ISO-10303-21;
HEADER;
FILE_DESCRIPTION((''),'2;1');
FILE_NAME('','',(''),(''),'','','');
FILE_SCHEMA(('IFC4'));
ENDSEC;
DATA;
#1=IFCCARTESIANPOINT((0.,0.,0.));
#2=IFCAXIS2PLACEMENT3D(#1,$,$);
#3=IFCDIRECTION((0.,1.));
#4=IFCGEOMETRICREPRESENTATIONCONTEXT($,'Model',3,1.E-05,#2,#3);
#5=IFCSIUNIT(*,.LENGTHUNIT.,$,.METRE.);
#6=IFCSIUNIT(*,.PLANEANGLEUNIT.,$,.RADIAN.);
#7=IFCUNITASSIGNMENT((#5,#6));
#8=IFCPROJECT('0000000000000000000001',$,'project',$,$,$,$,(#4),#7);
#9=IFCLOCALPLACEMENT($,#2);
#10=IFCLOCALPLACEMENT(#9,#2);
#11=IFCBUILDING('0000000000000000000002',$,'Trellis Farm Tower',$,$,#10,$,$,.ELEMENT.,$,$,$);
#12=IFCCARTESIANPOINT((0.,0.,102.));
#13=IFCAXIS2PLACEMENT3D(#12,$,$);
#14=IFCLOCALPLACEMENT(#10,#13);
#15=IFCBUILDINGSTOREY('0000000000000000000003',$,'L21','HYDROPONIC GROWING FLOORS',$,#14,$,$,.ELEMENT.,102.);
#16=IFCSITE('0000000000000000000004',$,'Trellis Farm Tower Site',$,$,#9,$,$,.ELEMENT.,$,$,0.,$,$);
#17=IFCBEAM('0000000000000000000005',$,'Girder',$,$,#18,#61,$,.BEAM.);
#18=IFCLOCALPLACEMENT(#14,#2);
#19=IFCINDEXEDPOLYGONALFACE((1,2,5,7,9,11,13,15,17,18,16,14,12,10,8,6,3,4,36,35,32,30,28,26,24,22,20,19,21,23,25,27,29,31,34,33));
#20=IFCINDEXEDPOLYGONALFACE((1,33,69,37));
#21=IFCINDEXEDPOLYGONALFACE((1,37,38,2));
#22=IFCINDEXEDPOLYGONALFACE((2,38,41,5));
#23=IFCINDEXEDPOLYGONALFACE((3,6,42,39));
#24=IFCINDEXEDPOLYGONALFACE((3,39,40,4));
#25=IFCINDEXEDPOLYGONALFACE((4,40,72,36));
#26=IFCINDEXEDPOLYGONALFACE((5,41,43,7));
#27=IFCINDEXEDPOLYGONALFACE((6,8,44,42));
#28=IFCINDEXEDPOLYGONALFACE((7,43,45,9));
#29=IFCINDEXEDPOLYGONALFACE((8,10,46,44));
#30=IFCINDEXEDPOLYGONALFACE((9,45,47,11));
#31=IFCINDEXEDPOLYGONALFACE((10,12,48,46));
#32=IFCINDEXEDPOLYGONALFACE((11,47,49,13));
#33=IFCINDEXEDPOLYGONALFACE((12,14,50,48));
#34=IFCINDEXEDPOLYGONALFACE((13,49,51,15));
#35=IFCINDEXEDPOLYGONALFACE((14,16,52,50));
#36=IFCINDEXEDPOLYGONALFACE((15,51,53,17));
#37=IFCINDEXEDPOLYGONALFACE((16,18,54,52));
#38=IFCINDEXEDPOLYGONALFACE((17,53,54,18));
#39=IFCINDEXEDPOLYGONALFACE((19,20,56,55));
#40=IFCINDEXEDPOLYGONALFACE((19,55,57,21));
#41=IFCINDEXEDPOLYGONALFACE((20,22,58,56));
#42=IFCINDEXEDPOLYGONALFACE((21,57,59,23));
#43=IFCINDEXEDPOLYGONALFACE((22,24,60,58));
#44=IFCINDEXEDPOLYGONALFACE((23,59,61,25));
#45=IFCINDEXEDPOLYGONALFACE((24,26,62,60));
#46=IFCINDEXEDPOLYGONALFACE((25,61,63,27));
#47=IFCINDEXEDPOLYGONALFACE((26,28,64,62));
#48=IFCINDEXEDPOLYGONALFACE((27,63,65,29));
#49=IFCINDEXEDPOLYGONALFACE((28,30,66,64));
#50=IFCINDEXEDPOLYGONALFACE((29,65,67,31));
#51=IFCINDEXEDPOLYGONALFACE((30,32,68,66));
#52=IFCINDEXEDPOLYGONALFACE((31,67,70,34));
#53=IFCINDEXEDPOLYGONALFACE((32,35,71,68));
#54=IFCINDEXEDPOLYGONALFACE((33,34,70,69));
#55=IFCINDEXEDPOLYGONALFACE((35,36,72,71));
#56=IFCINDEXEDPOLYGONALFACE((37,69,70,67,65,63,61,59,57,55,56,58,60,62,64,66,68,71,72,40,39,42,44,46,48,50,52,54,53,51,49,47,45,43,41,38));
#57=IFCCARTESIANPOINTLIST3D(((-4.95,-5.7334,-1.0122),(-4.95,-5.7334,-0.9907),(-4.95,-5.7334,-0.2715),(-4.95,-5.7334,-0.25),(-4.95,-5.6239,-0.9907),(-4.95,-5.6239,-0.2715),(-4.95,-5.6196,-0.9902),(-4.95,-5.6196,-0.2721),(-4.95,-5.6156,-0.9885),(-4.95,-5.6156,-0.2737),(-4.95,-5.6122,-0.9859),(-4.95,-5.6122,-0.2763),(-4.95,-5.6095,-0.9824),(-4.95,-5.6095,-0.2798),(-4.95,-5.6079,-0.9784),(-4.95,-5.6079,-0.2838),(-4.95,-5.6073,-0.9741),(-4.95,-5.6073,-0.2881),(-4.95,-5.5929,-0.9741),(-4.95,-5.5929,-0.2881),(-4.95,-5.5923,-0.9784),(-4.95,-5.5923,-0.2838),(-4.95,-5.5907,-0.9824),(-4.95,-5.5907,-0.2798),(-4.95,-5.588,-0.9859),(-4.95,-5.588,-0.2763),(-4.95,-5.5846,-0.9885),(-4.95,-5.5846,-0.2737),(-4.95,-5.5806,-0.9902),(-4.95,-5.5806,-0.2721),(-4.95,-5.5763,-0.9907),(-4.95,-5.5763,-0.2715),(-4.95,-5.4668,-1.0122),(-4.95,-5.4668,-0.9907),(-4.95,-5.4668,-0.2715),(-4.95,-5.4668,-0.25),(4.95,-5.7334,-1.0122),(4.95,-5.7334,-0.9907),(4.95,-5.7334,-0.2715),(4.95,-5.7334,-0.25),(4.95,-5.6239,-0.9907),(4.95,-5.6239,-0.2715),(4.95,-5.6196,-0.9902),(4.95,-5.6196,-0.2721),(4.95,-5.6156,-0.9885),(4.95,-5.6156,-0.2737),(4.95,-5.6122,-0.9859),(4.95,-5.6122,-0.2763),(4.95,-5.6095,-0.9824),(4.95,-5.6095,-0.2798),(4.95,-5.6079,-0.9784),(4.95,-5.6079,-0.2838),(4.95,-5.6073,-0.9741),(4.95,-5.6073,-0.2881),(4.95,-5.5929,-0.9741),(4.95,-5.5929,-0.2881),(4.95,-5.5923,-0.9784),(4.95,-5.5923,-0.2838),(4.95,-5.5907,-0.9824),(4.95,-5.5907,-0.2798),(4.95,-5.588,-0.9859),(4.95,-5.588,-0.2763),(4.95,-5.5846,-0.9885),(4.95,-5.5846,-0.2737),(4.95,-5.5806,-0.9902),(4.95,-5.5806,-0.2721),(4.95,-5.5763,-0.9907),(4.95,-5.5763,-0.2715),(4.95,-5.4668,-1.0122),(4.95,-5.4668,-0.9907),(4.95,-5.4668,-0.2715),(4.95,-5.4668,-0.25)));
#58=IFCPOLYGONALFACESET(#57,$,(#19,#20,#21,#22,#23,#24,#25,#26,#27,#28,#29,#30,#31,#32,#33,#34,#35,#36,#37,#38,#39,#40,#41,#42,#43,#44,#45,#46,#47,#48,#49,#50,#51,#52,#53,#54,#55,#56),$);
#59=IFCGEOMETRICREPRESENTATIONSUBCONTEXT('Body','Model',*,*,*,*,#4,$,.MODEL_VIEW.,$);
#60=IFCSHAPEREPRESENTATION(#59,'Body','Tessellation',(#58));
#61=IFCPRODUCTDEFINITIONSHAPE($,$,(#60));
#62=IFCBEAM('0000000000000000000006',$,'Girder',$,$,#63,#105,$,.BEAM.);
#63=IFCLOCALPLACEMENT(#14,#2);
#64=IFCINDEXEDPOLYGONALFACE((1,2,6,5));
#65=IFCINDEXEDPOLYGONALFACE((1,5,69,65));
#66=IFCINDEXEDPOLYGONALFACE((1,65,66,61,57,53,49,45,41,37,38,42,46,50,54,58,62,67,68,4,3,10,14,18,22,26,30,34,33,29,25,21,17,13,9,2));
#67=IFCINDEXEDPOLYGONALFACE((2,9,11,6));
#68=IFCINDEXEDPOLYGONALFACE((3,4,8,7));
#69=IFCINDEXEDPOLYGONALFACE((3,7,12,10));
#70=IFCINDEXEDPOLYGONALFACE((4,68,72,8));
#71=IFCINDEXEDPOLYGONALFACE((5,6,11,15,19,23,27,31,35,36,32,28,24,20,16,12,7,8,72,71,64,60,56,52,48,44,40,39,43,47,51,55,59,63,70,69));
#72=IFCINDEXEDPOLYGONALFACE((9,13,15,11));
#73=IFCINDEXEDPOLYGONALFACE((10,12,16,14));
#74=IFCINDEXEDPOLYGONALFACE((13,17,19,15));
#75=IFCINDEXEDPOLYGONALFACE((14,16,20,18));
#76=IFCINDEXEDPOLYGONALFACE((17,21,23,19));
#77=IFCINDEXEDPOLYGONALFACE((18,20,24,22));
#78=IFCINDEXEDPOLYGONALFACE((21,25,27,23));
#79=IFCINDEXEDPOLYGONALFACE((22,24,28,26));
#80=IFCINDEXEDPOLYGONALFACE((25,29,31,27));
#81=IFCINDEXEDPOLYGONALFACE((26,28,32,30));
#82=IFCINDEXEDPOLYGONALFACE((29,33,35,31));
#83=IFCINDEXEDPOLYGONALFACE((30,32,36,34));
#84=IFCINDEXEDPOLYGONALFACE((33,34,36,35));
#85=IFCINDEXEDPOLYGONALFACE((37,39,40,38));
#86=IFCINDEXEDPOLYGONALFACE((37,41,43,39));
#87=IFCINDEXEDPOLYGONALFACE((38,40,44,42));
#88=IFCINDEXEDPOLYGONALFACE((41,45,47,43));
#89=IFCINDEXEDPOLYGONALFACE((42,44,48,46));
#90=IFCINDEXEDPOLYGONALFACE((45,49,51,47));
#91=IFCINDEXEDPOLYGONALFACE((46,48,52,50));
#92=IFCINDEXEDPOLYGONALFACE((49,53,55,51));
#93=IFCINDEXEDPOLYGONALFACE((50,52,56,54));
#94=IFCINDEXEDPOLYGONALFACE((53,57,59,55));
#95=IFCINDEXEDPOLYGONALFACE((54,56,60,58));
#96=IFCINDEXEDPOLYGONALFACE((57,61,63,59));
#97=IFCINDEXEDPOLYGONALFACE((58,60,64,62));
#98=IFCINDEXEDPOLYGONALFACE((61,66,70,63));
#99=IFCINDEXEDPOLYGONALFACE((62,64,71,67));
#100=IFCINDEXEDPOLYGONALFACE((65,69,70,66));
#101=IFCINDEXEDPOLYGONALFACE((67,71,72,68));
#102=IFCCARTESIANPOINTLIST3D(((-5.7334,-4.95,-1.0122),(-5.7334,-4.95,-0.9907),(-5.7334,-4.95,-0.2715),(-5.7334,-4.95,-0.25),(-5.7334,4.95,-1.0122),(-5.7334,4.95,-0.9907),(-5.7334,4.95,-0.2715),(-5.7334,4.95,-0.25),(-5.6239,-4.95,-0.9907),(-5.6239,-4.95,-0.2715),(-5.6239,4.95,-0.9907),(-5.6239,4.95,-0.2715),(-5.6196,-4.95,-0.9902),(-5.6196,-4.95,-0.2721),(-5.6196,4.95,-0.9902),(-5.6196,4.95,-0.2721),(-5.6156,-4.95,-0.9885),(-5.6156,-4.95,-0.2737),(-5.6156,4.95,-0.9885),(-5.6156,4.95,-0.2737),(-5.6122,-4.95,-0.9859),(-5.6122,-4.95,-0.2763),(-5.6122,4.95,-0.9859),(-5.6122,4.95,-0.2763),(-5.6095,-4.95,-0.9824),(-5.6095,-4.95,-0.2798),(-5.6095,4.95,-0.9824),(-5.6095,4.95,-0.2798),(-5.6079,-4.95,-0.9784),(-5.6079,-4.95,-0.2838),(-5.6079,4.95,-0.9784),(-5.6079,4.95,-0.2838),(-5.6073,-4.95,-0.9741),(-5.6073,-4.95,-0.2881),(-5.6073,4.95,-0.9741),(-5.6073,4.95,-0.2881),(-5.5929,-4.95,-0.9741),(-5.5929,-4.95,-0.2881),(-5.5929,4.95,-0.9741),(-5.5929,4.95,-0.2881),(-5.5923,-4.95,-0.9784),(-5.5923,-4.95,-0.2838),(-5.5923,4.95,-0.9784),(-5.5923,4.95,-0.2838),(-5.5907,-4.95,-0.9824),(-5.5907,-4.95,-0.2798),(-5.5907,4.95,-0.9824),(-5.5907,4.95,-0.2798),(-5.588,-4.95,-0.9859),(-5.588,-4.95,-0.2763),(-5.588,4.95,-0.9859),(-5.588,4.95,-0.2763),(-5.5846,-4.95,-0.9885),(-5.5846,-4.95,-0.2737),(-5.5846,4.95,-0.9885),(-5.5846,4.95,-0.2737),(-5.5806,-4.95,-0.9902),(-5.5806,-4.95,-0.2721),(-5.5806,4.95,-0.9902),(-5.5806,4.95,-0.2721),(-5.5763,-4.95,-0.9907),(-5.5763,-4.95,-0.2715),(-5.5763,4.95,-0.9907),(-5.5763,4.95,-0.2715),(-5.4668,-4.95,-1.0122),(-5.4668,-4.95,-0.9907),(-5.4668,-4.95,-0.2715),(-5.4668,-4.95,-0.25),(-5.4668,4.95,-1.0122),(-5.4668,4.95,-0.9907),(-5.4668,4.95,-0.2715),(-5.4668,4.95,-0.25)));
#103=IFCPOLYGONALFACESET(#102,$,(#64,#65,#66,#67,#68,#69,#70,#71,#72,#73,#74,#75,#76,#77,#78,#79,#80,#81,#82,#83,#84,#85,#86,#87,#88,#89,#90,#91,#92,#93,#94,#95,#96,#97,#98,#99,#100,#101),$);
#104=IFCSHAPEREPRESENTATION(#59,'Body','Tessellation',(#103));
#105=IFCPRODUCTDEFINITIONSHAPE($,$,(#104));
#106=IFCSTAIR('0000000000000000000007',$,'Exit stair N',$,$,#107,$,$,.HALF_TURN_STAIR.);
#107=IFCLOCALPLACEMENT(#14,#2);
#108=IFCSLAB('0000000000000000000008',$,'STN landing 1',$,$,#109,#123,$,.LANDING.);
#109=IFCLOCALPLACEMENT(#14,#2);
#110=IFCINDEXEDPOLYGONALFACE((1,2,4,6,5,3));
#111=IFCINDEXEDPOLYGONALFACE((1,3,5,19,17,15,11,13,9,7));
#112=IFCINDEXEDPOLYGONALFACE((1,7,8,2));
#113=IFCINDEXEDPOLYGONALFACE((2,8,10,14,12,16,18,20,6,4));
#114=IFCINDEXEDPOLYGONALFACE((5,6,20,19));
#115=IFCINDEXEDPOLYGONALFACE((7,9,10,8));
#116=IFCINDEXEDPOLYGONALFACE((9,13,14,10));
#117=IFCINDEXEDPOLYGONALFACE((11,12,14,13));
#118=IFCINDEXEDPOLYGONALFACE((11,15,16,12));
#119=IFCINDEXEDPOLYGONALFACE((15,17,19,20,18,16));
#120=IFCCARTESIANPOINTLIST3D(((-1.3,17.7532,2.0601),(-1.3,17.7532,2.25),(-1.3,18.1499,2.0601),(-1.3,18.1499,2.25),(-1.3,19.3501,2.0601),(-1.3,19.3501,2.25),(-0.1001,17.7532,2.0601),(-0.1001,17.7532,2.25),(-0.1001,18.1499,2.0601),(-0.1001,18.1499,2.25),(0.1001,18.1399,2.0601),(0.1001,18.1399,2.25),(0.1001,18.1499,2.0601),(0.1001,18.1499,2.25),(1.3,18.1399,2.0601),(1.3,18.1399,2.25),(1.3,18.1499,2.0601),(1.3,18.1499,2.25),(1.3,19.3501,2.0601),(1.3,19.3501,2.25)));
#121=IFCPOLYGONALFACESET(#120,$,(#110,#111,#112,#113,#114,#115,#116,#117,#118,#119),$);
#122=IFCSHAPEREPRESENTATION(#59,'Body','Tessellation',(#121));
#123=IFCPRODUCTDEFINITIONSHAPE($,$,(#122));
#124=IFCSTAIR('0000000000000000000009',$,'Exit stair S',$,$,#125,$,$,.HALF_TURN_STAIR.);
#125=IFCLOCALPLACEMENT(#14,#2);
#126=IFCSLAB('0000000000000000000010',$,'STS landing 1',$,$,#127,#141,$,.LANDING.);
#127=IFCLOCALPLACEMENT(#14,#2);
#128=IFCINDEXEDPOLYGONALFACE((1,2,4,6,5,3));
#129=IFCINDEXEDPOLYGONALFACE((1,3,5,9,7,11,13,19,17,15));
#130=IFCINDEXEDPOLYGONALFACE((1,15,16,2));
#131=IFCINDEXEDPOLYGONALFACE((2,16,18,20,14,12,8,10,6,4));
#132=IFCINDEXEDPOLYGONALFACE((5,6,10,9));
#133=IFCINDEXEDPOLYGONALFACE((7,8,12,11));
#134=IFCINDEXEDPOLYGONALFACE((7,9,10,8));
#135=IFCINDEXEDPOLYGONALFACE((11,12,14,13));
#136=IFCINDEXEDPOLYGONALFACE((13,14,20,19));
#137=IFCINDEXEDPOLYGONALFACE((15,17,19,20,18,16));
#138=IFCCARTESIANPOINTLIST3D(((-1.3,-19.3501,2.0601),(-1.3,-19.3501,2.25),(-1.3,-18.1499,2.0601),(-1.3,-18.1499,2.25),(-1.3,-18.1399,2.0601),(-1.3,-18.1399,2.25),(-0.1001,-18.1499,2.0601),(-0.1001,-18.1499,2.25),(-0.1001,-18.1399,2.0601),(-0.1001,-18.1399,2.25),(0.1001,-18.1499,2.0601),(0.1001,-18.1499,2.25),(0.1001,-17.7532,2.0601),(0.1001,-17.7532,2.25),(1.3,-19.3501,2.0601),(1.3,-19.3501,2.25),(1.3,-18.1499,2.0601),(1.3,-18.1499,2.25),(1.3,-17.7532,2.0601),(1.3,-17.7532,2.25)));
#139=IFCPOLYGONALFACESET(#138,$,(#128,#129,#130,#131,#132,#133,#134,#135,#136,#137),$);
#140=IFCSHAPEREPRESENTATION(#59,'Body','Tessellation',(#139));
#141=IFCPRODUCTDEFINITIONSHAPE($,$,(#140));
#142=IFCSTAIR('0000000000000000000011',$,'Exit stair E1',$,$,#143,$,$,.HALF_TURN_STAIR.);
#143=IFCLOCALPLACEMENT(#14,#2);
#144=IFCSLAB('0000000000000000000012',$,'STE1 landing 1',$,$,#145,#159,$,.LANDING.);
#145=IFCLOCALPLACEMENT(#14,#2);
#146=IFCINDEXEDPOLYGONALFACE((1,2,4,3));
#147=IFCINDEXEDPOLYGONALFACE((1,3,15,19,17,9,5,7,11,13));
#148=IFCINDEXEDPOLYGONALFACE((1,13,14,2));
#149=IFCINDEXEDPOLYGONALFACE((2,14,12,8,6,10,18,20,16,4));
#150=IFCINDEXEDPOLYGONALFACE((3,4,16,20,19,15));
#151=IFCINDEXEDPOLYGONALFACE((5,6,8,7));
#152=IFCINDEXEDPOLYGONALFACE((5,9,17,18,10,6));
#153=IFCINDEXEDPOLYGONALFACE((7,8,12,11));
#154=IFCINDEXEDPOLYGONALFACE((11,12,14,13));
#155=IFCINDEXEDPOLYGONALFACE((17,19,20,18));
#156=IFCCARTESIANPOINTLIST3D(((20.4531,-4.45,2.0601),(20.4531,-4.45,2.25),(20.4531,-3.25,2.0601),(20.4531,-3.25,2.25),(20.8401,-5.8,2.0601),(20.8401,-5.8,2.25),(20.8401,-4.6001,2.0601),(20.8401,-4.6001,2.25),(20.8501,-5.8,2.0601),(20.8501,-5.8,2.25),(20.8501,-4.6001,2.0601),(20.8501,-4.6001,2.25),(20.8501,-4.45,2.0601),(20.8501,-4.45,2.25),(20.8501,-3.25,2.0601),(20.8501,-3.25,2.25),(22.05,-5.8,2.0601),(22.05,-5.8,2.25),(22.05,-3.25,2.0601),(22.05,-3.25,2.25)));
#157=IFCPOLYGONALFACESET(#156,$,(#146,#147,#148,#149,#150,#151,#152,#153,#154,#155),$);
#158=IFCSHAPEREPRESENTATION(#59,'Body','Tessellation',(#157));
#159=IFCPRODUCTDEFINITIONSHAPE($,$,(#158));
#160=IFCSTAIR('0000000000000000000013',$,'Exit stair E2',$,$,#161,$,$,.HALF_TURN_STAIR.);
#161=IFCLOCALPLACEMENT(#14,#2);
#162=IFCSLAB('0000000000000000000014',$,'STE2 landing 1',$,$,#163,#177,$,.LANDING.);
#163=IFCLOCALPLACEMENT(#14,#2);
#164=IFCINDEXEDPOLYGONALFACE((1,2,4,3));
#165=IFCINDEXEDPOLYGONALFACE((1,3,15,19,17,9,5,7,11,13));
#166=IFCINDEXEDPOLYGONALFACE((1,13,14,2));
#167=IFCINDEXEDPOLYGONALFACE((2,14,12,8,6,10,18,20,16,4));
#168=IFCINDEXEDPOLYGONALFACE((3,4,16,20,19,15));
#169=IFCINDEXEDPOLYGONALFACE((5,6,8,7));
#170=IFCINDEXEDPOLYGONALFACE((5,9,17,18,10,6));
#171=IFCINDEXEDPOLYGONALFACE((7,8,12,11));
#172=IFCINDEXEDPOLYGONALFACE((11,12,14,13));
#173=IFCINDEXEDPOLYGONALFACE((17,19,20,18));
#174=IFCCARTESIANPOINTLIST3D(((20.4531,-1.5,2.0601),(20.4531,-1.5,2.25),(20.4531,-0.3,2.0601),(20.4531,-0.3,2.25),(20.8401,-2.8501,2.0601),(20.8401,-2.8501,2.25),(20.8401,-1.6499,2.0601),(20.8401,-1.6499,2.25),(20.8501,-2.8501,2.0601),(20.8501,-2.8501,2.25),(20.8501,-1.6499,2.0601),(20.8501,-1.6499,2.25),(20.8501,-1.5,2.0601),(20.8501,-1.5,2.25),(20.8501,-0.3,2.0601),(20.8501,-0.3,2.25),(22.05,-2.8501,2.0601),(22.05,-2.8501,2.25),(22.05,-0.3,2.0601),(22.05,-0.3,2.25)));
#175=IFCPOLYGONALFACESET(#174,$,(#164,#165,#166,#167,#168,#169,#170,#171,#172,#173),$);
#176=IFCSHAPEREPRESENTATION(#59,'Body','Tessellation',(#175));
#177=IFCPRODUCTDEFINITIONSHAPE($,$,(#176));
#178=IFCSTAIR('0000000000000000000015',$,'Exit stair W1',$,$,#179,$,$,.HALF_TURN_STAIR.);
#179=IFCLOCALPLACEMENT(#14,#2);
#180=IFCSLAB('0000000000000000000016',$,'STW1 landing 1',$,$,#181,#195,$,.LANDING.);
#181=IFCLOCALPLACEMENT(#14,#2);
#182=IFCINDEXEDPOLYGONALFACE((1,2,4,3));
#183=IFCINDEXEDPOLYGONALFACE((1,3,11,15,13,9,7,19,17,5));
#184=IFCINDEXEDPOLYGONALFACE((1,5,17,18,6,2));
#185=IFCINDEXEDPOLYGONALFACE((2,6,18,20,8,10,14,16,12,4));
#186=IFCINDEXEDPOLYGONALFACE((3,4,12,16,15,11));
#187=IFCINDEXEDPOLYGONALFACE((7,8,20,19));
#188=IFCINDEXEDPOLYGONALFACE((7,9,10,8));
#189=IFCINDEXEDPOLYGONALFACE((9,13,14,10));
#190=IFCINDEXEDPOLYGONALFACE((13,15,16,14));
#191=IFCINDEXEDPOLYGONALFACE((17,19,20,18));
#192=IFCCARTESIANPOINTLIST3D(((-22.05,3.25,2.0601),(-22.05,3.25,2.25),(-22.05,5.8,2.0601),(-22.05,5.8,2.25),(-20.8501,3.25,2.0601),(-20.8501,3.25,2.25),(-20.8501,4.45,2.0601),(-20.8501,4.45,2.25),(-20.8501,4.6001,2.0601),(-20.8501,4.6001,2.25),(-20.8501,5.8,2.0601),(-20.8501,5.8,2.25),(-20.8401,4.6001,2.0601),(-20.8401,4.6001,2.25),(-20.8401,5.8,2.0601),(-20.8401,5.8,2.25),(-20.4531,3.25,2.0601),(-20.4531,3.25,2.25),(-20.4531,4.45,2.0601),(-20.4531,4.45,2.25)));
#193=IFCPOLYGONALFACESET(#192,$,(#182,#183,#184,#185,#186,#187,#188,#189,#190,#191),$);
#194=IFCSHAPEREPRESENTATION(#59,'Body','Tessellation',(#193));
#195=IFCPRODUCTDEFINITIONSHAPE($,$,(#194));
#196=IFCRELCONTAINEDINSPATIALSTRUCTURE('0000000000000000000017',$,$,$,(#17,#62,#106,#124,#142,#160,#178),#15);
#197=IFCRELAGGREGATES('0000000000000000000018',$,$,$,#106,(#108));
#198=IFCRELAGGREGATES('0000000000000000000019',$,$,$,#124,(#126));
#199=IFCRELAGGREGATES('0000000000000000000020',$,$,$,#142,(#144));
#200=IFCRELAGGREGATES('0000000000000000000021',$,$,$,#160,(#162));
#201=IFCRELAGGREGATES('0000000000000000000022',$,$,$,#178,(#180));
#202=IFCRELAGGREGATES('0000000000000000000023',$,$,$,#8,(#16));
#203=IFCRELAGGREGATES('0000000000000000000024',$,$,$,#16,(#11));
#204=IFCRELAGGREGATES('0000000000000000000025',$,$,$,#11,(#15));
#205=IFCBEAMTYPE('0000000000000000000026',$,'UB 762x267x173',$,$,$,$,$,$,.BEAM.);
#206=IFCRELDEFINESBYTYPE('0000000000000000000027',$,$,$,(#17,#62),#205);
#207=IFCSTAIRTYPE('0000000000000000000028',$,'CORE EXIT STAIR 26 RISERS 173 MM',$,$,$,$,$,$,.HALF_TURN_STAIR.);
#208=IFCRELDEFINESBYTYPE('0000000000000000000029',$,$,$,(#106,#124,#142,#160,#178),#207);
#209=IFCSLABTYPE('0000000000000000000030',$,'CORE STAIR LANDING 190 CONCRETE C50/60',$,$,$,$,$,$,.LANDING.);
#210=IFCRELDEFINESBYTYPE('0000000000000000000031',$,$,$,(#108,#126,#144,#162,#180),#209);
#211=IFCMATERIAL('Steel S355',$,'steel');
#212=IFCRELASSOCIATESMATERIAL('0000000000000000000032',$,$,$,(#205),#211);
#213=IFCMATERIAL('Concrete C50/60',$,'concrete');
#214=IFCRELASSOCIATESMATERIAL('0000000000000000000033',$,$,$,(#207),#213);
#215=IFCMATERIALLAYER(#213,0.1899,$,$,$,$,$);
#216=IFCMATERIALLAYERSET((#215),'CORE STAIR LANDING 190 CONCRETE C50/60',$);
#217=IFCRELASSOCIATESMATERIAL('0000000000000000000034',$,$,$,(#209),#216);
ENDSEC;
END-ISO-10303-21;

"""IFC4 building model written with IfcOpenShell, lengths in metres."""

from ifc_helpers import new_model, si_unit, direction, frame, origin, origin_2d, place, context, subcontext, project, spatial, polyline, i_section, outline, extrude, source, transform, mapped, material, layer, layer_set, material_profile, profile_set, type_object, element, aggregate, save


model = new_model("IFC4")

# Units and contexts
model_context = context("Model", 3, precision=1e-05, world=origin(), true_north=direction((0.0, 1.0)))
body_context = subcontext(model_context, "Body", "Model", "MODEL_VIEW")
ifc_project = project(units=[si_unit("LENGTHUNIT", "METRE"), si_unit("PLANEANGLEUNIT", "RADIAN")], contexts=[model_context])

# Site, building, storey
site_placement = place(None, origin())
site = spatial("IfcSite", under=ifc_project, at=site_placement, Name="Trellis Farm Tower Site", CompositionType="ELEMENT", RefElevation=0.0)
building_placement = place(site_placement, origin())
building = spatial("IfcBuilding", under=site, at=building_placement, Name="Trellis Farm Tower", CompositionType="ELEMENT")
storey_placement = place(building_placement, frame((0.0, 0.0, 102.0)))
storey = spatial("IfcBuildingStorey", under=building, at=storey_placement, Name="L21", Description="HYDROPONIC GROWING FLOORS", CompositionType="ELEMENT", Elevation=102.0)

# Beams
ifc_material_1 = material(Name="Steel S355", Category="steel")
ifc_material_profile_1 = material_profile(ifc_material_1, i_section(OverallWidth=0.2666, OverallDepth=0.7622, WebThickness=0.0144, FlangeThickness=0.0215, FilletRadius=0.0166, at=origin_2d()), Name="UB 762x267x173")
ifc_profile_set_1 = profile_set([ifc_material_profile_1], Name="Steel S355")
beam_type_1 = type_object("IfcBeamType", Name="UB 762x267x173", PredefinedType="BEAM", material=ifc_profile_set_1)
shared_shape_1 = source(origin(), body_context, "Body", "SweptSolid", [
    extrude(i_section(OverallWidth=0.2666, OverallDepth=0.7622, WebThickness=0.0144, FlangeThickness=0.0215, FilletRadius=0.0166, at=origin_2d()), origin(), (0.0, 0.0, 1.0), 9.8999),
])
for number, where, z_axis, x_axis, name in (
    (1, (-4.95, -5.6001, -0.6311), (1.0, 0.0, 0.0), (0.0, 1.0, 0.0), "Girder"),
    (2, (-5.6001, -4.95, -0.6311), (0.0, 1.0, 0.0), (-1.0, 0.0, 0.0), "Girder"),
):
    element("IfcBeam", number, at=place(storey_placement, frame(where, z_axis=z_axis, x_axis=x_axis)), inside=storey, type_object=beam_type_1, Name=name, PredefinedType="BEAM", context=body_context, shape_type="MappedRepresentation", body=[
        mapped(shared_shape_1, transform((0.0, 0.0, 0.0))),
    ])

# Stairs, slabs
ifc_material_2 = material(Name="Concrete C50/60", Category="concrete")
stair_type = type_object("IfcStairType", Name="CORE EXIT STAIR 26 RISERS 173 MM", PredefinedType="HALF_TURN_STAIR", material=ifc_material_2)
placement_1 = place(storey_placement, origin())
stair_1 = element("IfcStair", 3, at=placement_1, inside=storey, type_object=stair_type, Name="Exit stair N", PredefinedType="HALF_TURN_STAIR")
ifc_layer_1 = layer(ifc_material_2, 0.1899)
ifc_layer_set_1 = layer_set([ifc_layer_1], Name="CORE STAIR LANDING 190 CONCRETE C50/60")
slab_type_1 = type_object("IfcSlabType", Name="CORE STAIR LANDING 190 CONCRETE C50/60", PredefinedType="LANDING", material=ifc_layer_set_1)
shared_shape_2 = source(origin(), body_context, "Body", "SweptSolid", [
    extrude(outline(polyline([(-0.1001, 17.7532), (-1.3, 17.7532), (-1.3, 18.1499), (-1.3, 19.3501), (1.3, 19.3501), (1.3, 18.1499), (1.3, 18.1399), (0.1001, 18.1399), (0.1001, 18.1499), (-0.1001, 18.1499), (-0.1001, 17.7532)])), origin(), (0.0, 0.0, 1.0), 0.1899),
])
placement_2 = place(storey_placement, frame((0.0, 0.0, 2.0601)))
slab_1 = element("IfcSlab", 4, at=placement_2, type_object=slab_type_1, Name="STN landing 1", PredefinedType="LANDING", context=body_context, shape_type="MappedRepresentation", body=[
    mapped(shared_shape_2, transform((0.0, 0.0, 0.0))),
])
aggregate(stair_1, [slab_1])
stair_2 = element("IfcStair", 5, at=placement_1, inside=storey, type_object=stair_type, Name="Exit stair S", PredefinedType="HALF_TURN_STAIR")
shared_shape_3 = source(origin(), body_context, "Body", "SweptSolid", [
    extrude(outline(polyline([(1.3, -19.3501), (-1.3, -19.3501), (-1.3, -18.1499), (-1.3, -18.1399), (-0.1001, -18.1399), (-0.1001, -18.1499), (0.1001, -18.1499), (0.1001, -17.7532), (1.3, -17.7532), (1.3, -18.1499), (1.3, -19.3501)])), origin(), (0.0, 0.0, 1.0), 0.1899),
])
slab_2 = element("IfcSlab", 6, at=placement_2, type_object=slab_type_1, Name="STS landing 1", PredefinedType="LANDING", context=body_context, shape_type="MappedRepresentation", body=[
    mapped(shared_shape_3, transform((0.0, 0.0, 0.0))),
])
aggregate(stair_2, [slab_2])
stair_3 = element("IfcStair", 7, at=placement_1, inside=storey, type_object=stair_type, Name="Exit stair E1", PredefinedType="HALF_TURN_STAIR")
shared_shape_4 = source(origin(), body_context, "Body", "SweptSolid", [
    extrude(outline(polyline([(20.8401, -5.8), (20.8401, -4.6001), (20.8501, -4.6001), (20.8501, -4.45), (20.4531, -4.45), (20.4531, -3.25), (20.8501, -3.25), (22.05, -3.25), (22.05, -5.8), (20.8501, -5.8), (20.8401, -5.8)])), origin(), (0.0, 0.0, 1.0), 0.1899),
])
slab_3 = element("IfcSlab", 8, at=placement_2, type_object=slab_type_1, Name="STE1 landing 1", PredefinedType="LANDING", context=body_context, shape_type="MappedRepresentation", body=[
    mapped(shared_shape_4, transform((0.0, 0.0, 0.0))),
])
aggregate(stair_3, [slab_3])
stair_4 = element("IfcStair", 9, at=placement_1, inside=storey, type_object=stair_type, Name="Exit stair E2", PredefinedType="HALF_TURN_STAIR")
shared_shape_5 = source(origin(), body_context, "Body", "SweptSolid", [
    extrude(outline(polyline([(20.8401, -2.8501), (20.8401, -1.6499), (20.8501, -1.6499), (20.8501, -1.5), (20.4531, -1.5), (20.4531, -0.3), (20.8501, -0.3), (22.05, -0.3), (22.05, -2.8501), (20.8501, -2.8501), (20.8401, -2.8501)])), origin(), (0.0, 0.0, 1.0), 0.1899),
])
slab_4 = element("IfcSlab", 10, at=placement_2, type_object=slab_type_1, Name="STE2 landing 1", PredefinedType="LANDING", context=body_context, shape_type="MappedRepresentation", body=[
    mapped(shared_shape_5, transform((0.0, 0.0, 0.0))),
])
aggregate(stair_4, [slab_4])
stair_5 = element("IfcStair", 11, at=placement_1, inside=storey, type_object=stair_type, Name="Exit stair W1", PredefinedType="HALF_TURN_STAIR")
shared_shape_6 = source(origin(), body_context, "Body", "SweptSolid", [
    extrude(outline(polyline([(-20.4531, 4.45), (-20.4531, 3.25), (-20.8501, 3.25), (-22.05, 3.25), (-22.05, 5.8), (-20.8501, 5.8), (-20.8401, 5.8), (-20.8401, 4.6001), (-20.8501, 4.6001), (-20.8501, 4.45), (-20.4531, 4.45)])), origin(), (0.0, 0.0, 1.0), 0.1899),
])
slab_5 = element("IfcSlab", 12, at=placement_2, type_object=slab_type_1, Name="STW1 landing 1", PredefinedType="LANDING", context=body_context, shape_type="MappedRepresentation", body=[
    mapped(shared_shape_6, transform((0.0, 0.0, 0.0))),
])
aggregate(stair_5, [slab_5])

save(model, "model.ifc")
